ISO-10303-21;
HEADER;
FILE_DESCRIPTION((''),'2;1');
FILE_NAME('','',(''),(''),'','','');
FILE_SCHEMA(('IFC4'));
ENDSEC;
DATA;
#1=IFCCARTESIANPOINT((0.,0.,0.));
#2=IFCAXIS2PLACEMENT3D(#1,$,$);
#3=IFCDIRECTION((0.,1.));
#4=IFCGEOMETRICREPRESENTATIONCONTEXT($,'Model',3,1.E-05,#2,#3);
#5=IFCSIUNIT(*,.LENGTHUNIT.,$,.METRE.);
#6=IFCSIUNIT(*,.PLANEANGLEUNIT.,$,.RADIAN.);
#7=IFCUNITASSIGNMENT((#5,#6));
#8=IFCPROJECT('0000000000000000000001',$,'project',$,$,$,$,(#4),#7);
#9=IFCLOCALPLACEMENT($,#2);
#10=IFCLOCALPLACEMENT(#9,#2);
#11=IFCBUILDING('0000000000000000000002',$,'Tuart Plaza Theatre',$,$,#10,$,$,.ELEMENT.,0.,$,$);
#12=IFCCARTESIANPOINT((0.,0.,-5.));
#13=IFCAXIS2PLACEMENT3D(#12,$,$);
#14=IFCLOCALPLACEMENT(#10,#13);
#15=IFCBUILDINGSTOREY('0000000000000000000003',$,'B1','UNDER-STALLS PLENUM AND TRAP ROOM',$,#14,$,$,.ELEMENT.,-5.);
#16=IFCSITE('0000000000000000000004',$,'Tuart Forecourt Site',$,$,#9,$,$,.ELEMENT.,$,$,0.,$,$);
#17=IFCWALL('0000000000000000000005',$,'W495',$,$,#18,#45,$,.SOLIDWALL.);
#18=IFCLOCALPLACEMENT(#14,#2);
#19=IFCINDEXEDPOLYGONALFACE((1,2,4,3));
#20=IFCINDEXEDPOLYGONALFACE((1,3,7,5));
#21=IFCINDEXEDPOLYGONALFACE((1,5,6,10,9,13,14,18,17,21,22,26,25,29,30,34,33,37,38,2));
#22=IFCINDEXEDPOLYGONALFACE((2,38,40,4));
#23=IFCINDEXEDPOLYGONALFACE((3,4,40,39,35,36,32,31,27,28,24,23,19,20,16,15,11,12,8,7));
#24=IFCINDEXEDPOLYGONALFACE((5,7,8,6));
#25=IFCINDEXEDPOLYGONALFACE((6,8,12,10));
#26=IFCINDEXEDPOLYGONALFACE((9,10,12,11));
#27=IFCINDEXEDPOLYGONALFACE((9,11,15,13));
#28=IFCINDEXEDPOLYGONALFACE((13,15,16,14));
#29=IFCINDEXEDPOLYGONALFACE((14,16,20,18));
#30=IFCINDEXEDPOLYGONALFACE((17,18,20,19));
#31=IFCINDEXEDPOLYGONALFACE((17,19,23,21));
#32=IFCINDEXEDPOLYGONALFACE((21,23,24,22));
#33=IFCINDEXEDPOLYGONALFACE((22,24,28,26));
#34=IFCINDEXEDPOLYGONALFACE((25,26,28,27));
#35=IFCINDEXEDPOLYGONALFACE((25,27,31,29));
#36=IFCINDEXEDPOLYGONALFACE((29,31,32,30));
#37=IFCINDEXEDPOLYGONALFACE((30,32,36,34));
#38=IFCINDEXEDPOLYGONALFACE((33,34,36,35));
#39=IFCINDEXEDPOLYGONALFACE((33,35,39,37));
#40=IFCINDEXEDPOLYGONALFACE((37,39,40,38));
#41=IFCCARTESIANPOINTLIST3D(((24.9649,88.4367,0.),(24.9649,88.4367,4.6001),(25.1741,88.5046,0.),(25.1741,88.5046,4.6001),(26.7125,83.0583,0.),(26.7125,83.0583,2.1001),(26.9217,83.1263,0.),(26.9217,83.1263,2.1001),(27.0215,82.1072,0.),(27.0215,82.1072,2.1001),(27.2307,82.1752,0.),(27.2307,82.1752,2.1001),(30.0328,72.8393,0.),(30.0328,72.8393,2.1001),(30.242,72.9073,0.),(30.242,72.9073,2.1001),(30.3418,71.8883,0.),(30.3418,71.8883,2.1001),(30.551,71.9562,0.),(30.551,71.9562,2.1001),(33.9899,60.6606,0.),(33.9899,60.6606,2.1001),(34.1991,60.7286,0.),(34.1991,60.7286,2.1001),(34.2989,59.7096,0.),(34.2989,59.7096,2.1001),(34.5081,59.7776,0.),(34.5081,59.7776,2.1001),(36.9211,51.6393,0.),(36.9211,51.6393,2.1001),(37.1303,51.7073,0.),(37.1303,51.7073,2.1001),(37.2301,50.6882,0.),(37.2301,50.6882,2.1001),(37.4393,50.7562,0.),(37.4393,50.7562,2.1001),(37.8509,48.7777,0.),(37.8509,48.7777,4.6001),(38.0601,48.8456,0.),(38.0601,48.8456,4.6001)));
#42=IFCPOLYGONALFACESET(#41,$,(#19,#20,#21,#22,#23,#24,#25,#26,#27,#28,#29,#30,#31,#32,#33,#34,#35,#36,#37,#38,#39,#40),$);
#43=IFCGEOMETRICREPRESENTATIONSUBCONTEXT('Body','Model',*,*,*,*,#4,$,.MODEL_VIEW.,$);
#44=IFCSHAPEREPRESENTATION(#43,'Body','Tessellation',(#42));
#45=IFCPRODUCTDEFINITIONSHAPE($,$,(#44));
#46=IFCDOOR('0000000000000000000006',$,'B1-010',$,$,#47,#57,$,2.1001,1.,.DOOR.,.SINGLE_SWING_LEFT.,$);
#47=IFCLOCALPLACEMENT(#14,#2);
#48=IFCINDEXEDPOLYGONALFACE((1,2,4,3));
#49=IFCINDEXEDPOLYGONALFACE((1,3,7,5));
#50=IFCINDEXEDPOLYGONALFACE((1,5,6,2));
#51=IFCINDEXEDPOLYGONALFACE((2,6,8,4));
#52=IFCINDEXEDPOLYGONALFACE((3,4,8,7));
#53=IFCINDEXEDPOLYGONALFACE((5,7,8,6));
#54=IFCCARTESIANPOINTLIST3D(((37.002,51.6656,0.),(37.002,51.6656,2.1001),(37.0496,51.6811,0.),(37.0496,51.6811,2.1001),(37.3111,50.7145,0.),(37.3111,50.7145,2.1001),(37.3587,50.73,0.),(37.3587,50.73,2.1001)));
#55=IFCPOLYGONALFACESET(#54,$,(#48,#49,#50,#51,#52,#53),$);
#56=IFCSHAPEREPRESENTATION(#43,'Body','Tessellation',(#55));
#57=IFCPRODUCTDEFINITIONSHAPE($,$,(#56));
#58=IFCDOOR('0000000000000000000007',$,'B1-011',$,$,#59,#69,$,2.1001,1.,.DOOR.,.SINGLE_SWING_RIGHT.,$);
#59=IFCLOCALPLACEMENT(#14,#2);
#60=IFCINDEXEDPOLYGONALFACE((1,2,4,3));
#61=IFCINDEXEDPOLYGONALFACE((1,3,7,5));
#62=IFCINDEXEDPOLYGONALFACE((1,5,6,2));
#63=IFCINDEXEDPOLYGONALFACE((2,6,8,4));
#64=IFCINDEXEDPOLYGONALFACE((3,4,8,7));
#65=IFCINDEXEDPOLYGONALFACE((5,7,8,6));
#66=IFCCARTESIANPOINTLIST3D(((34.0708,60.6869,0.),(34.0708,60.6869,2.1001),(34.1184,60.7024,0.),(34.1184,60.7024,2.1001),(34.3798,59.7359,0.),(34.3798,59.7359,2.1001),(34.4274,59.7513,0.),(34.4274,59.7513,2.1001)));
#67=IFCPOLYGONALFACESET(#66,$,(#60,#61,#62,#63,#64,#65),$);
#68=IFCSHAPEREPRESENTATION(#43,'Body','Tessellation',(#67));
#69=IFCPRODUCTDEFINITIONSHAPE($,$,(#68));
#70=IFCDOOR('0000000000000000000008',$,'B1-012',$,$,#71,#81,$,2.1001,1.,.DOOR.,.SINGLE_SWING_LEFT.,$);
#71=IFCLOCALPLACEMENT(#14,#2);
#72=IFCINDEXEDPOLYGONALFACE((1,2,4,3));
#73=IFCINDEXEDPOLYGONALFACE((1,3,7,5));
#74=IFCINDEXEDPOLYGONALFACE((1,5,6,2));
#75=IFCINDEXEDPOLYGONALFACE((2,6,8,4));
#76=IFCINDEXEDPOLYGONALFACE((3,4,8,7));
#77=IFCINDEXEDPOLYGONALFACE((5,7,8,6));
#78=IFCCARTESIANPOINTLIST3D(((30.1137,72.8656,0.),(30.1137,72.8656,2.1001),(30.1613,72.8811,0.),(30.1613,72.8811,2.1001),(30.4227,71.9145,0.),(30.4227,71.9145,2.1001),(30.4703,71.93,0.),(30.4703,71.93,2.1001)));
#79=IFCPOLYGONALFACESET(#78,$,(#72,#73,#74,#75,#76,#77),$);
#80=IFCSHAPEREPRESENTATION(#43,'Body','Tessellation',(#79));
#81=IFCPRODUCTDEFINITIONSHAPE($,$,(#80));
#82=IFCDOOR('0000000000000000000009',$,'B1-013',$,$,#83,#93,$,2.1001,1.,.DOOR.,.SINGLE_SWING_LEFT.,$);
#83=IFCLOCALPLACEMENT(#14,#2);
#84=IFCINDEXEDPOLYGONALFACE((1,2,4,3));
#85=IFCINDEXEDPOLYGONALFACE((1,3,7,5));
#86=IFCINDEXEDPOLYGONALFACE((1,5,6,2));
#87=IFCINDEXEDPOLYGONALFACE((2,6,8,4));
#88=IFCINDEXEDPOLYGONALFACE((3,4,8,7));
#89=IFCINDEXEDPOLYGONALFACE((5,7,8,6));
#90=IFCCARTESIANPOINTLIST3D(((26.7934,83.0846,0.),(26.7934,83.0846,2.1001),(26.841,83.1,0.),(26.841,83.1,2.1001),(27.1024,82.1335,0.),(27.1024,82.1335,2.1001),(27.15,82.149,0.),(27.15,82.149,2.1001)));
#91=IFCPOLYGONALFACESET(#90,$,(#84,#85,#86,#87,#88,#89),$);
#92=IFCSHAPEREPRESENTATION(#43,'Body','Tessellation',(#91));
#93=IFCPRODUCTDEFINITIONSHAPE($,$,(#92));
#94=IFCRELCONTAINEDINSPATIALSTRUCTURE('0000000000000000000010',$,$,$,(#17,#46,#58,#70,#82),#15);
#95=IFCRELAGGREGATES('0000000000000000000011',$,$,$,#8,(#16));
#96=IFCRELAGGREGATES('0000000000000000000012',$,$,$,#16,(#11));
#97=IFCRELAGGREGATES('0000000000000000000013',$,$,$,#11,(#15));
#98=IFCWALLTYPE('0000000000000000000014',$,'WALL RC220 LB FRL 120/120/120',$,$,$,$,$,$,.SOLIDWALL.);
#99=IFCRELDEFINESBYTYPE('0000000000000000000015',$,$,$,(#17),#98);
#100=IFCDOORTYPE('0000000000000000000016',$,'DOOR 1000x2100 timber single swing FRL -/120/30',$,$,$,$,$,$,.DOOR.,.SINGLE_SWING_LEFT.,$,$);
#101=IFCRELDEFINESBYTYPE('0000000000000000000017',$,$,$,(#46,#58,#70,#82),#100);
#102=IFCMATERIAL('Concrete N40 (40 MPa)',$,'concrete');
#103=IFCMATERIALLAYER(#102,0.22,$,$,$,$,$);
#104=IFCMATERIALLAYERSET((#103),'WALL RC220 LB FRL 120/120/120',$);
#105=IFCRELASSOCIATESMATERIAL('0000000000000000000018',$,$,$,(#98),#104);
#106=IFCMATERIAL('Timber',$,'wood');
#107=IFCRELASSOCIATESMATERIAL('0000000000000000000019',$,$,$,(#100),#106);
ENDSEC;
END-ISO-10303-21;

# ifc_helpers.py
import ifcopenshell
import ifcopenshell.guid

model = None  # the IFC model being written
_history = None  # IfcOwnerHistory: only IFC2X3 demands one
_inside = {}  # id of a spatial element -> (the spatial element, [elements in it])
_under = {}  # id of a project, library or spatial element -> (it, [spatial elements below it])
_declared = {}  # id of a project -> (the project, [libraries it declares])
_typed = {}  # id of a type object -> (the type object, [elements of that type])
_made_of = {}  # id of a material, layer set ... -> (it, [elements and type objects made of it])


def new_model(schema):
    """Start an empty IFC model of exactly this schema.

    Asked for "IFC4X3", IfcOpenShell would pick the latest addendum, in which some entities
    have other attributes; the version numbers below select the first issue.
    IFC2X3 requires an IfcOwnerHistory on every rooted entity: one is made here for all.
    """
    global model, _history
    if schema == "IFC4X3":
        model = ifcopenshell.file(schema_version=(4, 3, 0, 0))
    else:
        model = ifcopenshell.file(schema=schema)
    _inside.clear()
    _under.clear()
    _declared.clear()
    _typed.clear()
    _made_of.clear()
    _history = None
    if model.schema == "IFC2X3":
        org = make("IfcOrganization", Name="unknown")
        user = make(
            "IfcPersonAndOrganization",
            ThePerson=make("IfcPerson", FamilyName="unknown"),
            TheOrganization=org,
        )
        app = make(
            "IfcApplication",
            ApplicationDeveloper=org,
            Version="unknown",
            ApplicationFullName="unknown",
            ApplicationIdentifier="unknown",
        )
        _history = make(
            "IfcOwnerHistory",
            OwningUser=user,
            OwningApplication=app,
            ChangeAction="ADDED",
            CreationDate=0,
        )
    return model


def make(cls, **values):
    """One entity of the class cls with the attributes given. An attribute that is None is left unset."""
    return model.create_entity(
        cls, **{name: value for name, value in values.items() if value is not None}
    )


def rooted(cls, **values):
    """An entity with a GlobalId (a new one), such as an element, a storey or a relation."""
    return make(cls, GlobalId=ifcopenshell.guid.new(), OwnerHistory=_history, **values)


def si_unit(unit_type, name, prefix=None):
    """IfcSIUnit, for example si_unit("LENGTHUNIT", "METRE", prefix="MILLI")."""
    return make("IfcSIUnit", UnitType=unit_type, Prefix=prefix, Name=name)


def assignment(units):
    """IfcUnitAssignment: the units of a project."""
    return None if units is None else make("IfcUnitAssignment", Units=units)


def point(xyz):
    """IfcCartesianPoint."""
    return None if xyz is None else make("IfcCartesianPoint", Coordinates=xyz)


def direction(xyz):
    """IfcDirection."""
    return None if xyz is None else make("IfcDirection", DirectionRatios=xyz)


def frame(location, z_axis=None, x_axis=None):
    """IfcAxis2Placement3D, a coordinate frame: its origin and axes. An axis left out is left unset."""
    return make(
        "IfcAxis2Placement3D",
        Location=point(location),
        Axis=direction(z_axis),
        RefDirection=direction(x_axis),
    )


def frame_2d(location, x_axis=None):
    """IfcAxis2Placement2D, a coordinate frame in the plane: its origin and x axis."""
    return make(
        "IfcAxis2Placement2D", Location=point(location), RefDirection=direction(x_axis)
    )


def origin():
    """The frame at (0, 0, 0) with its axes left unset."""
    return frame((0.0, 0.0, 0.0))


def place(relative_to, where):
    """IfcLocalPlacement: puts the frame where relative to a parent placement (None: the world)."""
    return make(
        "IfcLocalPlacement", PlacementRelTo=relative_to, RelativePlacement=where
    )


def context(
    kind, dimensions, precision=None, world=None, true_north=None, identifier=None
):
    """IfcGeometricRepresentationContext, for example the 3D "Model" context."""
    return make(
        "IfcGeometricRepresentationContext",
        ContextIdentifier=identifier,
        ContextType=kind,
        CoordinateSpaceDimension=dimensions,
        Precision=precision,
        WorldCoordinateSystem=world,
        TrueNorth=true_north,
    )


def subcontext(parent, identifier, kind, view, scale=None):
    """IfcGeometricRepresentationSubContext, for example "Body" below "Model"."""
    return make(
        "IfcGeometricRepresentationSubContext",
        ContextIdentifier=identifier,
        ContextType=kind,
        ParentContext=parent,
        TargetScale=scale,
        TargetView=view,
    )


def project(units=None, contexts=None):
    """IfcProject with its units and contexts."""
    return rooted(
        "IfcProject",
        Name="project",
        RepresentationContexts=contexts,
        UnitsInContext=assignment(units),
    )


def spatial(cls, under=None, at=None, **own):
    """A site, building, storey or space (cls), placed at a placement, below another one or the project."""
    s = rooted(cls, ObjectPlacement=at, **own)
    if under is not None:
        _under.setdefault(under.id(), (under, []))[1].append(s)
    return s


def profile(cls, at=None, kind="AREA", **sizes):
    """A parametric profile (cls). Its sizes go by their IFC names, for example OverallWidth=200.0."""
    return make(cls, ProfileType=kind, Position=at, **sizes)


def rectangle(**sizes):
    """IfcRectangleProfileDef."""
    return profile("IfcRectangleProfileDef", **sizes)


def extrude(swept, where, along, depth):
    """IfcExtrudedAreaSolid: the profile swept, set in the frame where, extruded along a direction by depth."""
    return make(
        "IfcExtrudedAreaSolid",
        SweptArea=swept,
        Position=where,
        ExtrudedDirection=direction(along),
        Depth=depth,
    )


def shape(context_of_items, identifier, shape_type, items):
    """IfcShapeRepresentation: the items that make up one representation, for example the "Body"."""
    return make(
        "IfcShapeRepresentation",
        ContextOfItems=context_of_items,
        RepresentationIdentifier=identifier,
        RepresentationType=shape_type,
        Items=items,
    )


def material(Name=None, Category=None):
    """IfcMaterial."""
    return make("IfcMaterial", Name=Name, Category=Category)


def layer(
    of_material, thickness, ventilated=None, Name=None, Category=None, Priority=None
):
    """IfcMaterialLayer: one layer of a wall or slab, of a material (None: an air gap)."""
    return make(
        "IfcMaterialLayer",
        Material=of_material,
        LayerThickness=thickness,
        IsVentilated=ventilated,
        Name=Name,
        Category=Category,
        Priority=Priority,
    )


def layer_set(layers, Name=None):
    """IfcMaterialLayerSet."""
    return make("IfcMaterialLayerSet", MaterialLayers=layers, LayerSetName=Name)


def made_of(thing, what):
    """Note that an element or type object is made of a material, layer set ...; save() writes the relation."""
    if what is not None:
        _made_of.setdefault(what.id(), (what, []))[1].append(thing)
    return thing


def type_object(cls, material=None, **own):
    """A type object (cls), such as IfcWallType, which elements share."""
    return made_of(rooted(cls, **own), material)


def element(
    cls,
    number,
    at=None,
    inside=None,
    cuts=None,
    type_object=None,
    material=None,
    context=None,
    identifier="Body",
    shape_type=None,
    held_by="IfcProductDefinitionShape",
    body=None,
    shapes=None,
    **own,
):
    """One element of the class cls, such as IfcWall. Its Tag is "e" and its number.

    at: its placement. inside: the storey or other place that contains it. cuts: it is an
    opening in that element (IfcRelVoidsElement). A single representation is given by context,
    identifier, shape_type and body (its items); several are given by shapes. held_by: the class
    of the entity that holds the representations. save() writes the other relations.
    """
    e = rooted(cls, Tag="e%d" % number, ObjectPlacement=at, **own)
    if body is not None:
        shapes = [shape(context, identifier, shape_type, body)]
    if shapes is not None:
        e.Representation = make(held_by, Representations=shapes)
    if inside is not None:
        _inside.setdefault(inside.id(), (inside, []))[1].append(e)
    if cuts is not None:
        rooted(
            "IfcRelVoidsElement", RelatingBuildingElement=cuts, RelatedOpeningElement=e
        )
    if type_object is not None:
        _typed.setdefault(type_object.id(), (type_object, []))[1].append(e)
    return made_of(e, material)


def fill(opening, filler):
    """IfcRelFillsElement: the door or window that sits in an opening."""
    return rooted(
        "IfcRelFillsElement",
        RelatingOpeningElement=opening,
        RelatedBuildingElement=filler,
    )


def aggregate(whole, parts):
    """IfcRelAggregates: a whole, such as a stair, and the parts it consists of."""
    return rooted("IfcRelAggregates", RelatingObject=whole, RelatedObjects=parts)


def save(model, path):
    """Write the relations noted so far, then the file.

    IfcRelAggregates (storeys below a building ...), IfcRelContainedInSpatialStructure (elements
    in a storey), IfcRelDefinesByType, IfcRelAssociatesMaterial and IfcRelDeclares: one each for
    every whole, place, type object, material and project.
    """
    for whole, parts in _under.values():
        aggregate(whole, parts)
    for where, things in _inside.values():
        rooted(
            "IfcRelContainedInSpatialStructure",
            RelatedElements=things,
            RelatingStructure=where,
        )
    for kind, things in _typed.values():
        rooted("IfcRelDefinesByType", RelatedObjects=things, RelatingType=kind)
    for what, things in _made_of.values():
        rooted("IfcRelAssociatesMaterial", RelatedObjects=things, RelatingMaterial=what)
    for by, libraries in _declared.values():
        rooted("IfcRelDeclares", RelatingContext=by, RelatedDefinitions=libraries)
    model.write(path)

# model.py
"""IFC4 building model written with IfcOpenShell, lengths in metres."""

from ifc_helpers import new_model, si_unit, direction, frame, frame_2d, origin, place, context, subcontext, project, spatial, rectangle, extrude, material, layer, layer_set, type_object, element, fill, save


model = new_model("IFC4")

# Units and contexts
model_context = context("Model", 3, precision=1e-05, world=origin(), true_north=direction((0.0, 1.0)))
body_context = subcontext(model_context, "Body", "Model", "MODEL_VIEW")
ifc_project = project(units=[si_unit("LENGTHUNIT", "METRE"), si_unit("PLANEANGLEUNIT", "RADIAN")], contexts=[model_context])

# Site, building, storey
site_placement = place(None, origin())
site = spatial("IfcSite", under=ifc_project, at=site_placement, Name="Tuart Forecourt Site", CompositionType="ELEMENT", RefElevation=0.0)
building_placement = place(site_placement, origin())
building = spatial("IfcBuilding", under=site, at=building_placement, Name="Tuart Plaza Theatre", CompositionType="ELEMENT", ElevationOfRefHeight=0.0)
storey_placement = place(building_placement, frame((0.0, 0.0, -5.0)))
storey = spatial("IfcBuildingStorey", under=building, at=storey_placement, Name="B1", Description="UNDER-STALLS PLENUM AND TRAP ROOM", CompositionType="ELEMENT", Elevation=-5.0)

# Wall, openings, doors
ifc_material_1 = material(Name="Concrete N40 (40 MPa)", Category="concrete")
ifc_layer_1 = layer(ifc_material_1, 0.22)
ifc_layer_set_1 = layer_set([ifc_layer_1], Name="WALL RC220 LB FRL 120/120/120")
wall_type_1 = type_object("IfcWallType", Name="WALL RC220 LB FRL 120/120/120", PredefinedType="SOLIDWALL", material=ifc_layer_set_1)
wall_1_placement = place(storey_placement, frame((37.9556, 48.8115, 0.0), z_axis=(0.0, 0.0, 1.0), x_axis=(-0.309017, 0.951056, 0.0)))
wall_1 = element("IfcWall", 1, at=wall_1_placement, inside=storey, type_object=wall_type_1, Name="W495", PredefinedType="SOLIDWALL", context=body_context, shape_type="SweptSolid", body=[
    extrude(rectangle(XDim=41.7, YDim=0.22, at=frame_2d((20.8501, 0.0))), origin(), (0.0, 0.0, 1.0), 4.6001),
])
opening_1_placement = place(wall_1_placement, frame((2.009, 0.0, 0.0)))
opening_1 = element("IfcOpeningElement", 2, at=opening_1_placement, cuts=wall_1, PredefinedType="OPENING", context=body_context, shape_type="SweptSolid", body=[
    extrude(rectangle(XDim=1.0, YDim=2.1001, at=frame_2d((0.5, 1.05))), frame((0.0, 0.1199, 0.0), z_axis=(0.0, -1.0, 0.0), x_axis=(1.0, 0.0, 0.0)), (0.0, 0.0, 1.0), 0.24),
])
opening_2_placement = place(wall_1_placement, frame((11.4946, 0.0, 0.0)))
opening_2 = element("IfcOpeningElement", 3, at=opening_2_placement, cuts=wall_1, PredefinedType="OPENING", context=body_context, shape_type="SweptSolid", body=[
    extrude(rectangle(XDim=1.0, YDim=2.1001, at=frame_2d((0.5, 1.05))), frame((0.0, 0.1199, 0.0), z_axis=(0.0, -1.0, 0.0), x_axis=(1.0, 0.0, 0.0)), (0.0, 0.0, 1.0), 0.24),
])
opening_3_placement = place(wall_1_placement, frame((24.3, 0.0, 0.0)))
opening_3 = element("IfcOpeningElement", 4, at=opening_3_placement, cuts=wall_1, PredefinedType="OPENING", context=body_context, shape_type="SweptSolid", body=[
    extrude(rectangle(XDim=1.0, YDim=2.1001, at=frame_2d((0.5, 1.05))), frame((0.0, 0.1199, 0.0), z_axis=(0.0, -1.0, 0.0), x_axis=(1.0, 0.0, 0.0)), (0.0, 0.0, 1.0), 0.24),
])
opening_4_placement = place(wall_1_placement, frame((35.0449, 0.0, 0.0)))
opening_4 = element("IfcOpeningElement", 5, at=opening_4_placement, cuts=wall_1, PredefinedType="OPENING", context=body_context, shape_type="SweptSolid", body=[
    extrude(rectangle(XDim=1.0, YDim=2.1001, at=frame_2d((0.5, 1.05))), frame((0.0, 0.1199, 0.0), z_axis=(0.0, -1.0, 0.0), x_axis=(1.0, 0.0, 0.0)), (0.0, 0.0, 1.0), 0.24),
])
ifc_material_2 = material(Name="Timber", Category="wood")
door_type = type_object("IfcDoorType", Name="DOOR 1000x2100 timber single swing FRL -/120/30", OperationType="SINGLE_SWING_LEFT", PredefinedType="DOOR", material=ifc_material_2)
door_1_placement = place(opening_1_placement, origin())
door_1 = element("IfcDoor", 6, at=door_1_placement, inside=storey, type_object=door_type, Name="B1-010", OperationType="SINGLE_SWING_LEFT", OverallHeight=2.1001, OverallWidth=1.0, PredefinedType="DOOR", context=body_context, shape_type="SweptSolid", body=[
    extrude(rectangle(XDim=1.0, YDim=2.1001, at=frame_2d((0.5, 1.05))), frame((0.0, 0.0249, 0.0), z_axis=(0.0, -1.0, 0.0), x_axis=(1.0, 0.0, 0.0)), (0.0, 0.0, 1.0), 0.05),
])
fill(opening_1, door_1)
door_2_placement = place(opening_2_placement, origin())
door_2 = element("IfcDoor", 7, at=door_2_placement, inside=storey, type_object=door_type, Name="B1-011", OperationType="SINGLE_SWING_RIGHT", OverallHeight=2.1001, OverallWidth=1.0, PredefinedType="DOOR", context=body_context, shape_type="SweptSolid", body=[
    extrude(rectangle(XDim=1.0, YDim=2.1001, at=frame_2d((0.5, 1.05))), frame((0.0, 0.0249, 0.0), z_axis=(0.0, -1.0, 0.0), x_axis=(1.0, 0.0, 0.0)), (0.0, 0.0, 1.0), 0.05),
])
fill(opening_2, door_2)
door_3_placement = place(opening_3_placement, origin())
door_3 = element("IfcDoor", 8, at=door_3_placement, inside=storey, type_object=door_type, Name="B1-012", OperationType="SINGLE_SWING_LEFT", OverallHeight=2.1001, OverallWidth=1.0, PredefinedType="DOOR", context=body_context, shape_type="SweptSolid", body=[
    extrude(rectangle(XDim=1.0, YDim=2.1001, at=frame_2d((0.5, 1.05))), frame((0.0, 0.0249, 0.0), z_axis=(0.0, -1.0, 0.0), x_axis=(1.0, 0.0, 0.0)), (0.0, 0.0, 1.0), 0.05),
])
fill(opening_3, door_3)
door_4_placement = place(opening_4_placement, origin())
door_4 = element("IfcDoor", 9, at=door_4_placement, inside=storey, type_object=door_type, Name="B1-013", OperationType="SINGLE_SWING_LEFT", OverallHeight=2.1001, OverallWidth=1.0, PredefinedType="DOOR", context=body_context, shape_type="SweptSolid", body=[
    extrude(rectangle(XDim=1.0, YDim=2.1001, at=frame_2d((0.5, 1.05))), frame((0.0, 0.0249, 0.0), z_axis=(0.0, -1.0, 0.0), x_axis=(1.0, 0.0, 0.0)), (0.0, 0.0, 1.0), 0.05),
])
fill(opening_4, door_4)

save(model, "model.ifc")
